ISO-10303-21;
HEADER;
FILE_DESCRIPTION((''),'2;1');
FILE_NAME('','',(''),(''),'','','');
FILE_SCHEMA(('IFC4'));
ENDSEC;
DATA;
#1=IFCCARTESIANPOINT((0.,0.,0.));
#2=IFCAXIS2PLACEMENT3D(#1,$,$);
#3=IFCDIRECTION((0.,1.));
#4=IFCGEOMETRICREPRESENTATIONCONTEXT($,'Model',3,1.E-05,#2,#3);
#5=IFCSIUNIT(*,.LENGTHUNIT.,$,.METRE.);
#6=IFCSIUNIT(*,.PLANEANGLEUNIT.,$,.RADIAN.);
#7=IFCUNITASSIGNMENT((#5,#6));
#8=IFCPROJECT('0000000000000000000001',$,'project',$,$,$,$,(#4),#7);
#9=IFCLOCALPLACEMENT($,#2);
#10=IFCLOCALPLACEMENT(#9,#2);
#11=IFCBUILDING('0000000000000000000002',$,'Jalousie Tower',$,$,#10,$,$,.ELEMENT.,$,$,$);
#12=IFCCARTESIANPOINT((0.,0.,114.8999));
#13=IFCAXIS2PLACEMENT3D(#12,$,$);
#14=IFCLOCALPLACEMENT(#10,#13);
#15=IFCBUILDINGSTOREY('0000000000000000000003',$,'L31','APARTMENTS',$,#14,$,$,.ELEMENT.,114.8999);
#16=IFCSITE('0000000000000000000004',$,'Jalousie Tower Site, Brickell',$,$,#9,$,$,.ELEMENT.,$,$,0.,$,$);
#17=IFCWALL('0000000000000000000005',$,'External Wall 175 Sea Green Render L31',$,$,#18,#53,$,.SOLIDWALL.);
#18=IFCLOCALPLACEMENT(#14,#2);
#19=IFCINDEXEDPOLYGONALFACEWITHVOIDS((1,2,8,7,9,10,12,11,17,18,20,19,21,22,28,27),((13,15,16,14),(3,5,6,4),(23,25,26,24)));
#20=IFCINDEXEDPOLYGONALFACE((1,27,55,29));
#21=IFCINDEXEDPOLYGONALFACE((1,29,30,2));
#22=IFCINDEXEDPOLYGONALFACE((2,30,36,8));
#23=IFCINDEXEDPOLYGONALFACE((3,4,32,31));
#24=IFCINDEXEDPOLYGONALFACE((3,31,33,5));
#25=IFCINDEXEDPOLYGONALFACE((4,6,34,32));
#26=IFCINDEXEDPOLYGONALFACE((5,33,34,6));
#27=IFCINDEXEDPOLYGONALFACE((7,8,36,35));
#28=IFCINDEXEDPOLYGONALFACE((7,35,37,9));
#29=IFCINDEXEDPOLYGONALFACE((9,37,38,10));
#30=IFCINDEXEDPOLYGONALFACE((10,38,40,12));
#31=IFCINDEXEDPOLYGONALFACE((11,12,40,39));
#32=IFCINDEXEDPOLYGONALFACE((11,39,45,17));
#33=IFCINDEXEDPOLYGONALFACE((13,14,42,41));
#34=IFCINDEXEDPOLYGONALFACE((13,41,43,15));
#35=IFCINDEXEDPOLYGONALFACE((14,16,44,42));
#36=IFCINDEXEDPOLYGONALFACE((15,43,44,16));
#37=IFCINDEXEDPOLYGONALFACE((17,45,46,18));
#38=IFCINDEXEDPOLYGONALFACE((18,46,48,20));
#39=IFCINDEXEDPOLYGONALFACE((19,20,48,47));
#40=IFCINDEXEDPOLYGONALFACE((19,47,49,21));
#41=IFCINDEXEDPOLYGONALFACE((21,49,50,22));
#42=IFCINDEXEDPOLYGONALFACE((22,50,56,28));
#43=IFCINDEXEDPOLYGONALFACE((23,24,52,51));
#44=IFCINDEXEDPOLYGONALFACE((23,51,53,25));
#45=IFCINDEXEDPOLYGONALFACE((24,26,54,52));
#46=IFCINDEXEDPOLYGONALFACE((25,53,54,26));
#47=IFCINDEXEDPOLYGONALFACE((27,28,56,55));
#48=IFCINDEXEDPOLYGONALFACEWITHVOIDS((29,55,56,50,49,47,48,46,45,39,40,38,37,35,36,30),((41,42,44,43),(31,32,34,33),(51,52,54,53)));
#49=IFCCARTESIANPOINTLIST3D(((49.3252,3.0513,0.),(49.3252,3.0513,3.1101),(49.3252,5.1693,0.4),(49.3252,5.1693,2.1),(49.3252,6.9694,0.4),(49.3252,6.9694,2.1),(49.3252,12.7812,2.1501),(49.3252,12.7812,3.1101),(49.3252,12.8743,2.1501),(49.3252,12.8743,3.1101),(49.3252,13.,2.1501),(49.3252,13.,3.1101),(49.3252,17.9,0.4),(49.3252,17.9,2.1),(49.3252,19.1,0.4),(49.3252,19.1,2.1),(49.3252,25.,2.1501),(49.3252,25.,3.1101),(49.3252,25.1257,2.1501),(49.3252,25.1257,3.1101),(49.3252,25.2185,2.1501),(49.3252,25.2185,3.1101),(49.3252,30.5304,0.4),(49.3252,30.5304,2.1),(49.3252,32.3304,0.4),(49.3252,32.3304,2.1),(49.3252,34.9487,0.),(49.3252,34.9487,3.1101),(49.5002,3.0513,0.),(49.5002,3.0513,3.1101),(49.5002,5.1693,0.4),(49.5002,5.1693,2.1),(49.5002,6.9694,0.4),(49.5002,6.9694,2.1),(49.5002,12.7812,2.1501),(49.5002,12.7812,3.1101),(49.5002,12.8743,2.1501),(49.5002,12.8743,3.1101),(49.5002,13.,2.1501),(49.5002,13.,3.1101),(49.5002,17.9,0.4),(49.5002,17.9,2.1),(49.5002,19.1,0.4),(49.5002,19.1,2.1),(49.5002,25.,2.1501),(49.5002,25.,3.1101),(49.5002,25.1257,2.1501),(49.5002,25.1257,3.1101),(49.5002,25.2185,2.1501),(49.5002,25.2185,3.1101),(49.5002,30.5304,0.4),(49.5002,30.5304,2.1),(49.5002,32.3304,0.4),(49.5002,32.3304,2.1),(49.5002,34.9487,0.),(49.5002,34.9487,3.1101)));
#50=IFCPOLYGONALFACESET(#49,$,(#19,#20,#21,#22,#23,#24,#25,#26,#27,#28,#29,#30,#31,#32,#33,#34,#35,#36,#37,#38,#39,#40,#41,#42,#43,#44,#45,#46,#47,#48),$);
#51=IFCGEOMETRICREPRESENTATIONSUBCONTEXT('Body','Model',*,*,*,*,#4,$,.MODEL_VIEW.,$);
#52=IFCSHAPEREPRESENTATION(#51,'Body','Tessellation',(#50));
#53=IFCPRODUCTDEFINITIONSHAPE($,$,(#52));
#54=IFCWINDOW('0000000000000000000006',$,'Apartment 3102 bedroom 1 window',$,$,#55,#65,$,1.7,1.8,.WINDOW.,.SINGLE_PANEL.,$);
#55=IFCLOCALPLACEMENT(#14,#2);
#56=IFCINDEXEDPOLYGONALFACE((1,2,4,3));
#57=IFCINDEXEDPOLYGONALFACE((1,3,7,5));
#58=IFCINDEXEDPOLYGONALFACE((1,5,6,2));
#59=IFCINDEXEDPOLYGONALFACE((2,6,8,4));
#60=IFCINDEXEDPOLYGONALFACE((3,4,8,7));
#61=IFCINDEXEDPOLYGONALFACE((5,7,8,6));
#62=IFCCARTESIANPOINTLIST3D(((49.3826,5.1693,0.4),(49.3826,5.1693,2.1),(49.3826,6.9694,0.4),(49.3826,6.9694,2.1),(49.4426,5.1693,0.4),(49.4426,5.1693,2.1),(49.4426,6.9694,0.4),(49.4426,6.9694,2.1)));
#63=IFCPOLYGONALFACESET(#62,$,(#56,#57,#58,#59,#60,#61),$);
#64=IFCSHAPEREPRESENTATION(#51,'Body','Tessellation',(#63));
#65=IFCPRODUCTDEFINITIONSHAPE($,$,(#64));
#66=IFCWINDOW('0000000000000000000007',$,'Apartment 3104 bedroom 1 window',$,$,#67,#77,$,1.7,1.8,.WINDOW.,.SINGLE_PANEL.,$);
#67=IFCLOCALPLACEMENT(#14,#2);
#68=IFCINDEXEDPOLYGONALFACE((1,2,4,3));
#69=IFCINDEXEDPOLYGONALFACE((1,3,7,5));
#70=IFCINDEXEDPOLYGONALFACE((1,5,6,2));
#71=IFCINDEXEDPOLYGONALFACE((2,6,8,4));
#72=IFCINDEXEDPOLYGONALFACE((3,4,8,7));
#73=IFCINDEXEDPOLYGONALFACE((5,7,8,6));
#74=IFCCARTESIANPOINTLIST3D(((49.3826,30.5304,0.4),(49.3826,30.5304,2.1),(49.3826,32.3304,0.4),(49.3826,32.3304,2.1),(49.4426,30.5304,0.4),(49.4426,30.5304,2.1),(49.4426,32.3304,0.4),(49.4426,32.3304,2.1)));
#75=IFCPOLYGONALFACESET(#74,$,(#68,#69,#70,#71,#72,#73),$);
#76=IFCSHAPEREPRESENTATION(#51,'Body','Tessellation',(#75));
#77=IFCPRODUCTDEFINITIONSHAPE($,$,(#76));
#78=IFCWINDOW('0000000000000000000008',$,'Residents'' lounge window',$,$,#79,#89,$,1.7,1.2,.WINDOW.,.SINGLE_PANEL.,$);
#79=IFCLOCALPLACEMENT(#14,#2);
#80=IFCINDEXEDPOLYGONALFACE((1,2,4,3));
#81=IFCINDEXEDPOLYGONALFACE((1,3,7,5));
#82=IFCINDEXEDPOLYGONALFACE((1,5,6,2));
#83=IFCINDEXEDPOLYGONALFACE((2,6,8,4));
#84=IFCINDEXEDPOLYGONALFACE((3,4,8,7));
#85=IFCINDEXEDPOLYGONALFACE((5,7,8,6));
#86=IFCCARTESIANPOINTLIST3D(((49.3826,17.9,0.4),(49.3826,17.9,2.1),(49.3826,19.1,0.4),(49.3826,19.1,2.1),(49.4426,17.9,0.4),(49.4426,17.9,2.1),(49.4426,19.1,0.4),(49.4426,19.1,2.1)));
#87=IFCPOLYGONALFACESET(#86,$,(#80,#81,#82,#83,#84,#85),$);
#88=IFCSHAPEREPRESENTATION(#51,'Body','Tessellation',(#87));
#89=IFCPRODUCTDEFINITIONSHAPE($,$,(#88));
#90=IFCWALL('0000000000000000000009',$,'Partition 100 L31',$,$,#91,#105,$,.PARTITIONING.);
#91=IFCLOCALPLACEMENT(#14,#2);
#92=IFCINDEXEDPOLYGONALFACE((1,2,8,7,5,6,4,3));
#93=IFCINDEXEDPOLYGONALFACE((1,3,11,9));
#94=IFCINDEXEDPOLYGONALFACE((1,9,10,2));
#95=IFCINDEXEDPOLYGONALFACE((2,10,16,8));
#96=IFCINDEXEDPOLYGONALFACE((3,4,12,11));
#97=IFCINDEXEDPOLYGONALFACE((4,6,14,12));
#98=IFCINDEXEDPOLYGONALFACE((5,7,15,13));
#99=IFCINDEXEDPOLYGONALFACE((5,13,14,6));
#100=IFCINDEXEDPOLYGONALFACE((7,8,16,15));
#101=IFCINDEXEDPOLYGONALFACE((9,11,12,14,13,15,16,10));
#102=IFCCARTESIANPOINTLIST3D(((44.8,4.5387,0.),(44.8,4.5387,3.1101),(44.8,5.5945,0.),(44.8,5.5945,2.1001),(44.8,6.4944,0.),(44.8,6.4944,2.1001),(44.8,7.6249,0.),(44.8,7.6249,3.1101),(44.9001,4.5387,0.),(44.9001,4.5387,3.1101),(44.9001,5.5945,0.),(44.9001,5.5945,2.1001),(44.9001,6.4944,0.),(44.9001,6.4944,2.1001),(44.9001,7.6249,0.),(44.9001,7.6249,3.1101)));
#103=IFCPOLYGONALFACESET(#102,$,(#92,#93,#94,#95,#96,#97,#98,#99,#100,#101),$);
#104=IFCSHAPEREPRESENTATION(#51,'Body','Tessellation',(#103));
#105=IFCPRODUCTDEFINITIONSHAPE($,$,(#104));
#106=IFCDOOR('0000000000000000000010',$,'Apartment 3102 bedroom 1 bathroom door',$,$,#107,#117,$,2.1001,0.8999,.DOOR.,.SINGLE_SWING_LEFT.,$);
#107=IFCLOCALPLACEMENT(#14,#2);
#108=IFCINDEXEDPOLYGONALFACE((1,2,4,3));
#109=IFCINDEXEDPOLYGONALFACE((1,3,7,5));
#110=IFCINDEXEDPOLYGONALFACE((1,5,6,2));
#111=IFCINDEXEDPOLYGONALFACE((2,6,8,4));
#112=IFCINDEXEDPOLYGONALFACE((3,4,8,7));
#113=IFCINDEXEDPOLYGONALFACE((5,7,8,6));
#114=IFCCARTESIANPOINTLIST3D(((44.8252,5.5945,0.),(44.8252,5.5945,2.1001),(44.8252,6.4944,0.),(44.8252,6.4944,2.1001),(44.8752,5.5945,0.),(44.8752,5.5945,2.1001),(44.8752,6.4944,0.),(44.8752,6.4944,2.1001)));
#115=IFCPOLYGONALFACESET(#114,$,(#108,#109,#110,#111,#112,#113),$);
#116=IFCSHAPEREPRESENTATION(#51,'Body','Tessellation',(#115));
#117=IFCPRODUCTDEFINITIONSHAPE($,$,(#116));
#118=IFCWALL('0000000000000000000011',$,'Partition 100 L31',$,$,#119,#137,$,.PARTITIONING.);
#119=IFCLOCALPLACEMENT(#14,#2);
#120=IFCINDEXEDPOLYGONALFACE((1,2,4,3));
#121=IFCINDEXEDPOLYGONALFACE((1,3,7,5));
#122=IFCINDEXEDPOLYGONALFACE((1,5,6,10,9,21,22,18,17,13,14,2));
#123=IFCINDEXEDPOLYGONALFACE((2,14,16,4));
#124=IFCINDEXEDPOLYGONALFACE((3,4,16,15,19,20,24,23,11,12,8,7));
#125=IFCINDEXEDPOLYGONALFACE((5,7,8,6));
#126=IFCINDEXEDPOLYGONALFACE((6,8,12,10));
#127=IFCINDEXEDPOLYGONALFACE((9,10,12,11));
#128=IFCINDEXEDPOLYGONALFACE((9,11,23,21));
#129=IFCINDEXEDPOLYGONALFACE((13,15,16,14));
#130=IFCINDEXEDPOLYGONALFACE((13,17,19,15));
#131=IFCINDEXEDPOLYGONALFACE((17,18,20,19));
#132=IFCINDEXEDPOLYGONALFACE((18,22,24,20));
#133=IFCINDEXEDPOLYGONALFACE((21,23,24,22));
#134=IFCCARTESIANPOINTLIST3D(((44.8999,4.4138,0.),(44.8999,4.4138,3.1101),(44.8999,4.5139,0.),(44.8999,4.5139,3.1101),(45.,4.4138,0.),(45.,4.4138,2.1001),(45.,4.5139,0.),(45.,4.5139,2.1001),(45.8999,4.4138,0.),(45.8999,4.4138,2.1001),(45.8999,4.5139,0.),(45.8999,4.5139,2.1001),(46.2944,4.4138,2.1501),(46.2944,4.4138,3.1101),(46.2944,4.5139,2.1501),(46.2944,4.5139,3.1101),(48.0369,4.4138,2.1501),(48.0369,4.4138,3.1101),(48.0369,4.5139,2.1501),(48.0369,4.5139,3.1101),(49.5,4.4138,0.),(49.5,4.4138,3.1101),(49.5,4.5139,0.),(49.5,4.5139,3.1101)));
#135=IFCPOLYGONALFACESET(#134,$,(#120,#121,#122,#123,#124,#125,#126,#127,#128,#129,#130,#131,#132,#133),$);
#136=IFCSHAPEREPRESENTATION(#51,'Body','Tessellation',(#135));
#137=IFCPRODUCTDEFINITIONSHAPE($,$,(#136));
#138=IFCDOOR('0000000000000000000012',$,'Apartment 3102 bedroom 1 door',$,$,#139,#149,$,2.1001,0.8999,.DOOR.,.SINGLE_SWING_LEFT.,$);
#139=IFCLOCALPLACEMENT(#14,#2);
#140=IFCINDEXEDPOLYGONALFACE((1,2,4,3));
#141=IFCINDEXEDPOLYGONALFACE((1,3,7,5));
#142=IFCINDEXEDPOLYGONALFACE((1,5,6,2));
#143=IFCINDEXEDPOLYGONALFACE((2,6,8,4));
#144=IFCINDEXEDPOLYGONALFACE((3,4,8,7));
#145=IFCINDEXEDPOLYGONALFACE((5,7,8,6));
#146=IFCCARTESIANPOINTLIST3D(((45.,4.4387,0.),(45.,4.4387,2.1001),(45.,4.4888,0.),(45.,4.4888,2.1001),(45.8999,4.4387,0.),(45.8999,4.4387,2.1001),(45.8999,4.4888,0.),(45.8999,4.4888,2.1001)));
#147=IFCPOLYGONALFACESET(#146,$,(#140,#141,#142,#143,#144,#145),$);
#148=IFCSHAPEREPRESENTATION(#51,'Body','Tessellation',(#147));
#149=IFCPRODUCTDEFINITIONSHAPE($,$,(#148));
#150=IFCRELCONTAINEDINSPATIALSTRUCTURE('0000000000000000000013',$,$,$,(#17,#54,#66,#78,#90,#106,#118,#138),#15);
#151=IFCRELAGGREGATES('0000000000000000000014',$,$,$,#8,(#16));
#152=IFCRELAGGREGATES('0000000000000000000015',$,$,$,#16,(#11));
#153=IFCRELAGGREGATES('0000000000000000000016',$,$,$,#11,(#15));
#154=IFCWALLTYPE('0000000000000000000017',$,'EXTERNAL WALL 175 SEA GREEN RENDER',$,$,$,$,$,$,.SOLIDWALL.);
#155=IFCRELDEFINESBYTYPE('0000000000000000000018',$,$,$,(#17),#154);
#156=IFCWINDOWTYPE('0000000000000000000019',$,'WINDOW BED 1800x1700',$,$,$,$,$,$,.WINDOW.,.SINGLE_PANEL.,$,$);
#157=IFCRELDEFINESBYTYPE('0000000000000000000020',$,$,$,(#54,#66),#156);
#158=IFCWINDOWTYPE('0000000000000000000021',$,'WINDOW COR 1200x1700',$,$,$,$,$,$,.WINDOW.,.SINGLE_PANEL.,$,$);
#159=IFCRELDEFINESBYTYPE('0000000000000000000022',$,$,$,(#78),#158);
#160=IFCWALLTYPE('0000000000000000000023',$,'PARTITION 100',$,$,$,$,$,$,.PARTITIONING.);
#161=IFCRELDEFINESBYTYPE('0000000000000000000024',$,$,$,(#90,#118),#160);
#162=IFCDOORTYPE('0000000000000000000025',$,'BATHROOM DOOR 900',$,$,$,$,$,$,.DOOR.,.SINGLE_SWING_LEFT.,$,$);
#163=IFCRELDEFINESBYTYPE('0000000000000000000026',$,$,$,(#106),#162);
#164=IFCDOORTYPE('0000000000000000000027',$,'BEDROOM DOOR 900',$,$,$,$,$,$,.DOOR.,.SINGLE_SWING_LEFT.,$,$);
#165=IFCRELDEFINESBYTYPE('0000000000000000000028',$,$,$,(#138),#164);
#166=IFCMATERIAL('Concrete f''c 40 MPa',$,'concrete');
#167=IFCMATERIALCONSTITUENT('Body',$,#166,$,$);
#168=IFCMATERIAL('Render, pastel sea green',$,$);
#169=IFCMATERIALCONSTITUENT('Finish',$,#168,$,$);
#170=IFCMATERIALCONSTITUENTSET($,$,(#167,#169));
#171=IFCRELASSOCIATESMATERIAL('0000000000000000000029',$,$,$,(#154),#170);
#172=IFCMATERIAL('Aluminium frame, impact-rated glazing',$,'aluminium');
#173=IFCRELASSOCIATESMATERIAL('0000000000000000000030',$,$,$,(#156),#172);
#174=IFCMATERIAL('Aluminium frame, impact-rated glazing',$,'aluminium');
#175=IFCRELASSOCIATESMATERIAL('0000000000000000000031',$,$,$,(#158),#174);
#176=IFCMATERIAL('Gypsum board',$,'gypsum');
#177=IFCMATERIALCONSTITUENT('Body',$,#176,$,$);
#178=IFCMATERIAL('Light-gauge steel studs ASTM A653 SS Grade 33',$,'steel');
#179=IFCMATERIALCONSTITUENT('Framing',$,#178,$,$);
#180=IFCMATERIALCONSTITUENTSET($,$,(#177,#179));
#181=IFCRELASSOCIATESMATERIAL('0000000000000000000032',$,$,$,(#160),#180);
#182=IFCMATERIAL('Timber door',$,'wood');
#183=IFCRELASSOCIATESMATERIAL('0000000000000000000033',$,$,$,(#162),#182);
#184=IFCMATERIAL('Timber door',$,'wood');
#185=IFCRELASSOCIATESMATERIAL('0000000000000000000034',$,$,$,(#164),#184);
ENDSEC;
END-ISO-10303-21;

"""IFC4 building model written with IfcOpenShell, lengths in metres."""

from ifc_helpers import new_model, si_unit, direction, frame, frame_2d, origin, place, context, subcontext, project, spatial, polyline, rectangle, outline, extrude, material, constituent, constituent_set, type_object, element, fill, save


model = new_model("IFC4")

# Units and contexts
model_context = context("Model", 3, precision=1e-05, world=origin(), true_north=direction((0.0, 1.0)))
body_context = subcontext(model_context, "Body", "Model", "MODEL_VIEW")
ifc_project = project(units=[si_unit("LENGTHUNIT", "METRE"), si_unit("PLANEANGLEUNIT", "RADIAN")], contexts=[model_context])

# Site, building, storey
site_placement = place(None, origin())
site = spatial("IfcSite", under=ifc_project, at=site_placement, Name="Jalousie Tower Site, Brickell", CompositionType="ELEMENT", RefElevation=0.0)
building_placement = place(site_placement, origin())
building = spatial("IfcBuilding", under=site, at=building_placement, Name="Jalousie Tower", CompositionType="ELEMENT")
storey_placement = place(building_placement, frame((0.0, 0.0, 114.8999)))
storey = spatial("IfcBuildingStorey", under=building, at=storey_placement, Name="L31", Description="APARTMENTS", CompositionType="ELEMENT", Elevation=114.8999)

# Wall, openings, windows
ifc_material_1 = material(Name="Concrete f'c 40 MPa", Category="concrete")
ifc_constituent_1 = constituent(ifc_material_1, Name="Body")
ifc_material_2 = material(Name="Render, pastel sea green")
ifc_constituent_2 = constituent(ifc_material_2, Name="Finish")
ifc_constituent_set_1 = constituent_set(constituents=[ifc_constituent_1, ifc_constituent_2])
wall_type_1 = type_object("IfcWallType", Name="EXTERNAL WALL 175 SEA GREEN RENDER", PredefinedType="SOLIDWALL", material=ifc_constituent_set_1)
wall_1_placement = place(storey_placement, frame((49.4126, 3.0513, 0.0), z_axis=(0.0, 0.0, 1.0), x_axis=(0.0, 1.0, 0.0)))
wall_1 = element("IfcWall", 1, at=wall_1_placement, inside=storey, type_object=wall_type_1, Name="External Wall 175 Sea Green Render L31", PredefinedType="SOLIDWALL", context=body_context, shape_type="SweptSolid", body=[
    extrude(outline(polyline([(0.0, 0.0), (31.8975, 0.0), (31.8975, 3.1101), (22.1672, 3.1101), (22.1672, 2.1501), (22.0745, 2.1501), (22.0745, 3.1101), (21.9487, 3.1101), (21.9487, 2.1501), (9.9487, 2.1501), (9.9487, 3.1101), (9.823, 3.1101), (9.823, 2.1501), (9.73, 2.1501), (9.73, 3.1101), (0.0, 3.1101), (0.0, 0.0)])), frame((0.0, 0.0874, 0.0), z_axis=(0.0, -1.0, 0.0), x_axis=(1.0, 0.0, 0.0)), (0.0, 0.0, 1.0), 0.175),
])
opening_1_placement = place(wall_1_placement, frame((2.1182, 0.0, 0.3999)))
opening_1 = element("IfcOpeningElement", 2, at=opening_1_placement, cuts=wall_1, PredefinedType="OPENING", context=body_context, shape_type="SweptSolid", body=[
    extrude(rectangle(XDim=1.8, YDim=1.7, at=frame_2d((0.8999, 0.8501))), frame((0.0, 0.0974, 0.0), z_axis=(0.0, -1.0, 0.0), x_axis=(1.0, 0.0, 0.0)), (0.0, 0.0, 1.0), 0.1951),
])
opening_2_placement = place(wall_1_placement, frame((14.8486, 0.0, 0.3999)))
opening_2 = element("IfcOpeningElement", 3, at=opening_2_placement, cuts=wall_1, PredefinedType="OPENING", context=body_context, shape_type="SweptSolid", body=[
    extrude(rectangle(XDim=1.2, YDim=1.7, at=frame_2d((0.6001, 0.8501))), frame((0.0, 0.0974, 0.0), z_axis=(0.0, -1.0, 0.0), x_axis=(1.0, 0.0, 0.0)), (0.0, 0.0, 1.0), 0.1951),
])
opening_3_placement = place(wall_1_placement, frame((27.4792, 0.0, 0.3999)))
opening_3 = element("IfcOpeningElement", 4, at=opening_3_placement, cuts=wall_1, PredefinedType="OPENING", context=body_context, shape_type="SweptSolid", body=[
    extrude(rectangle(XDim=1.8, YDim=1.7, at=frame_2d((0.8999, 0.8501))), frame((0.0, 0.0974, 0.0), z_axis=(0.0, -1.0, 0.0), x_axis=(1.0, 0.0, 0.0)), (0.0, 0.0, 1.0), 0.1951),
])
ifc_material_3 = material(Name="Aluminium frame, impact-rated glazing", Category="aluminium")
window_type_1 = type_object("IfcWindowType", Name="WINDOW BED 1800x1700", PartitioningType="SINGLE_PANEL", PredefinedType="WINDOW", material=ifc_material_3)
window_1_placement = place(opening_1_placement, origin())
window_1 = element("IfcWindow", 5, at=window_1_placement, inside=storey, type_object=window_type_1, Name="Apartment 3102 bedroom 1 window", OverallHeight=1.7, OverallWidth=1.8, PartitioningType="SINGLE_PANEL", PredefinedType="WINDOW", context=body_context, shape_type="SweptSolid", body=[
    extrude(rectangle(XDim=1.8, YDim=1.7, at=frame_2d((0.8999, 0.8501))), frame((0.0, 0.03, 0.0), z_axis=(0.0, -1.0, 0.0), x_axis=(1.0, 0.0, 0.0)), (0.0, 0.0, 1.0), 0.0601),
])
fill(opening_1, window_1)
window_2_placement = place(opening_3_placement, origin())
window_2 = element("IfcWindow", 6, at=window_2_placement, inside=storey, type_object=window_type_1, Name="Apartment 3104 bedroom 1 window", OverallHeight=1.7, OverallWidth=1.8, PartitioningType="SINGLE_PANEL", PredefinedType="WINDOW", context=body_context, shape_type="SweptSolid", body=[
    extrude(rectangle(XDim=1.8, YDim=1.7, at=frame_2d((0.8999, 0.8501))), frame((0.0, 0.03, 0.0), z_axis=(0.0, -1.0, 0.0), x_axis=(1.0, 0.0, 0.0)), (0.0, 0.0, 1.0), 0.0601),
])
fill(opening_3, window_2)
ifc_material_4 = material(Name="Aluminium frame, impact-rated glazing", Category="aluminium")
window_type_2 = type_object("IfcWindowType", Name="WINDOW COR 1200x1700", PartitioningType="SINGLE_PANEL", PredefinedType="WINDOW", material=ifc_material_4)
window_3_placement = place(opening_2_placement, origin())
window_3 = element("IfcWindow", 7, at=window_3_placement, inside=storey, type_object=window_type_2, Name="Residents' lounge window", OverallHeight=1.7, OverallWidth=1.2, PartitioningType="SINGLE_PANEL", PredefinedType="WINDOW", context=body_context, shape_type="SweptSolid", body=[
    extrude(rectangle(XDim=1.2, YDim=1.7, at=frame_2d((0.6001, 0.8501))), frame((0.0, 0.03, 0.0), z_axis=(0.0, -1.0, 0.0), x_axis=(1.0, 0.0, 0.0)), (0.0, 0.0, 1.0), 0.0601),
])
fill(opening_2, window_3)

# Walls, openings, doors
ifc_material_5 = material(Name="Gypsum board", Category="gypsum")
ifc_constituent_3 = constituent(ifc_material_5, Name="Body")
ifc_material_6 = material(Name="Light-gauge steel studs ASTM A653 SS Grade 33", Category="steel")
ifc_constituent_4 = constituent(ifc_material_6, Name="Framing")
ifc_constituent_set_2 = constituent_set(constituents=[ifc_constituent_3, ifc_constituent_4])
wall_type_2 = type_object("IfcWallType", Name="PARTITION 100", PredefinedType="PARTITIONING", material=ifc_constituent_set_2)
wall_2_placement = place(storey_placement, frame((44.8501, 4.5388, 0.0), z_axis=(0.0, 0.0, 1.0), x_axis=(0.0, 1.0, 0.0)))
wall_2 = element("IfcWall", 8, at=wall_2_placement, inside=storey, type_object=wall_type_2, Name="Partition 100 L31", PredefinedType="PARTITIONING", context=body_context, shape_type="SweptSolid", body=[
    extrude(rectangle(XDim=3.0862, YDim=0.1001, at=frame_2d((1.543, 0.0))), origin(), (0.0, 0.0, 1.0), 3.1101),
])
opening_4_placement = place(wall_2_placement, frame((1.0557, 0.0, 0.0)))
opening_4 = element("IfcOpeningElement", 9, at=opening_4_placement, cuts=wall_2, PredefinedType="OPENING", context=body_context, shape_type="SweptSolid", body=[
    extrude(rectangle(XDim=0.8999, YDim=2.1001, at=frame_2d((0.45, 1.05))), frame((0.0, 0.0601, 0.0), z_axis=(0.0, -1.0, 0.0), x_axis=(1.0, 0.0, 0.0)), (0.0, 0.0, 1.0), 0.1201),
])
ifc_material_7 = material(Name="Timber door", Category="wood")
door_type_1 = type_object("IfcDoorType", Name="BATHROOM DOOR 900", OperationType="SINGLE_SWING_LEFT", PredefinedType="DOOR", material=ifc_material_7)
door_1_placement = place(opening_4_placement, origin())
door_1 = element("IfcDoor", 10, at=door_1_placement, inside=storey, type_object=door_type_1, Name="Apartment 3102 bedroom 1 bathroom door", OperationType="SINGLE_SWING_LEFT", OverallHeight=2.1001, OverallWidth=0.8999, PredefinedType="DOOR", context=body_context, shape_type="SweptSolid", body=[
    extrude(rectangle(XDim=0.8999, YDim=2.1001, at=frame_2d((0.45, 1.05))), frame((0.0, 0.0249, 0.0), z_axis=(0.0, -1.0, 0.0), x_axis=(1.0, 0.0, 0.0)), (0.0, 0.0, 1.0), 0.05),
])
fill(opening_4, door_1)
wall_3_placement = place(storey_placement, frame((44.8999, 4.4639, 0.0), z_axis=(0.0, 0.0, 1.0), x_axis=(1.0, 0.0, 0.0)))
wall_3 = element("IfcWall", 11, at=wall_3_placement, inside=storey, type_object=wall_type_2, Name="Partition 100 L31", PredefinedType="PARTITIONING", context=body_context, shape_type="SweptSolid", body=[
    extrude(outline(polyline([(0.0, 0.0), (4.6001, 0.0), (4.6001, 3.1101), (3.137, 3.1101), (3.137, 2.1501), (1.3945, 2.1501), (1.3945, 3.1101), (0.0, 3.1101), (0.0, 0.0)])), frame((0.0, 0.05, 0.0), z_axis=(0.0, -1.0, 0.0), x_axis=(1.0, 0.0, 0.0)), (0.0, 0.0, 1.0), 0.1001),
])
opening_5_placement = place(wall_3_placement, frame((0.1001, 0.0, 0.0)))
opening_5 = element("IfcOpeningElement", 12, at=opening_5_placement, cuts=wall_3, PredefinedType="OPENING", context=body_context, shape_type="SweptSolid", body=[
    extrude(rectangle(XDim=0.8999, YDim=2.1001, at=frame_2d((0.45, 1.05))), frame((0.0, 0.0601, 0.0), z_axis=(0.0, -1.0, 0.0), x_axis=(1.0, 0.0, 0.0)), (0.0, 0.0, 1.0), 0.1201),
])
ifc_material_8 = material(Name="Timber door", Category="wood")
door_type_2 = type_object("IfcDoorType", Name="BEDROOM DOOR 900", OperationType="SINGLE_SWING_LEFT", PredefinedType="DOOR", material=ifc_material_8)
door_2_placement = place(opening_5_placement, origin())
door_2 = element("IfcDoor", 13, at=door_2_placement, inside=storey, type_object=door_type_2, Name="Apartment 3102 bedroom 1 door", OperationType="SINGLE_SWING_LEFT", OverallHeight=2.1001, OverallWidth=0.8999, PredefinedType="DOOR", context=body_context, shape_type="SweptSolid", body=[
    extrude(rectangle(XDim=0.8999, YDim=2.1001, at=frame_2d((0.45, 1.05))), frame((0.0, 0.0249, 0.0), z_axis=(0.0, -1.0, 0.0), x_axis=(1.0, 0.0, 0.0)), (0.0, 0.0, 1.0), 0.05),
])
fill(opening_5, door_2)

save(model, "model.ifc")
